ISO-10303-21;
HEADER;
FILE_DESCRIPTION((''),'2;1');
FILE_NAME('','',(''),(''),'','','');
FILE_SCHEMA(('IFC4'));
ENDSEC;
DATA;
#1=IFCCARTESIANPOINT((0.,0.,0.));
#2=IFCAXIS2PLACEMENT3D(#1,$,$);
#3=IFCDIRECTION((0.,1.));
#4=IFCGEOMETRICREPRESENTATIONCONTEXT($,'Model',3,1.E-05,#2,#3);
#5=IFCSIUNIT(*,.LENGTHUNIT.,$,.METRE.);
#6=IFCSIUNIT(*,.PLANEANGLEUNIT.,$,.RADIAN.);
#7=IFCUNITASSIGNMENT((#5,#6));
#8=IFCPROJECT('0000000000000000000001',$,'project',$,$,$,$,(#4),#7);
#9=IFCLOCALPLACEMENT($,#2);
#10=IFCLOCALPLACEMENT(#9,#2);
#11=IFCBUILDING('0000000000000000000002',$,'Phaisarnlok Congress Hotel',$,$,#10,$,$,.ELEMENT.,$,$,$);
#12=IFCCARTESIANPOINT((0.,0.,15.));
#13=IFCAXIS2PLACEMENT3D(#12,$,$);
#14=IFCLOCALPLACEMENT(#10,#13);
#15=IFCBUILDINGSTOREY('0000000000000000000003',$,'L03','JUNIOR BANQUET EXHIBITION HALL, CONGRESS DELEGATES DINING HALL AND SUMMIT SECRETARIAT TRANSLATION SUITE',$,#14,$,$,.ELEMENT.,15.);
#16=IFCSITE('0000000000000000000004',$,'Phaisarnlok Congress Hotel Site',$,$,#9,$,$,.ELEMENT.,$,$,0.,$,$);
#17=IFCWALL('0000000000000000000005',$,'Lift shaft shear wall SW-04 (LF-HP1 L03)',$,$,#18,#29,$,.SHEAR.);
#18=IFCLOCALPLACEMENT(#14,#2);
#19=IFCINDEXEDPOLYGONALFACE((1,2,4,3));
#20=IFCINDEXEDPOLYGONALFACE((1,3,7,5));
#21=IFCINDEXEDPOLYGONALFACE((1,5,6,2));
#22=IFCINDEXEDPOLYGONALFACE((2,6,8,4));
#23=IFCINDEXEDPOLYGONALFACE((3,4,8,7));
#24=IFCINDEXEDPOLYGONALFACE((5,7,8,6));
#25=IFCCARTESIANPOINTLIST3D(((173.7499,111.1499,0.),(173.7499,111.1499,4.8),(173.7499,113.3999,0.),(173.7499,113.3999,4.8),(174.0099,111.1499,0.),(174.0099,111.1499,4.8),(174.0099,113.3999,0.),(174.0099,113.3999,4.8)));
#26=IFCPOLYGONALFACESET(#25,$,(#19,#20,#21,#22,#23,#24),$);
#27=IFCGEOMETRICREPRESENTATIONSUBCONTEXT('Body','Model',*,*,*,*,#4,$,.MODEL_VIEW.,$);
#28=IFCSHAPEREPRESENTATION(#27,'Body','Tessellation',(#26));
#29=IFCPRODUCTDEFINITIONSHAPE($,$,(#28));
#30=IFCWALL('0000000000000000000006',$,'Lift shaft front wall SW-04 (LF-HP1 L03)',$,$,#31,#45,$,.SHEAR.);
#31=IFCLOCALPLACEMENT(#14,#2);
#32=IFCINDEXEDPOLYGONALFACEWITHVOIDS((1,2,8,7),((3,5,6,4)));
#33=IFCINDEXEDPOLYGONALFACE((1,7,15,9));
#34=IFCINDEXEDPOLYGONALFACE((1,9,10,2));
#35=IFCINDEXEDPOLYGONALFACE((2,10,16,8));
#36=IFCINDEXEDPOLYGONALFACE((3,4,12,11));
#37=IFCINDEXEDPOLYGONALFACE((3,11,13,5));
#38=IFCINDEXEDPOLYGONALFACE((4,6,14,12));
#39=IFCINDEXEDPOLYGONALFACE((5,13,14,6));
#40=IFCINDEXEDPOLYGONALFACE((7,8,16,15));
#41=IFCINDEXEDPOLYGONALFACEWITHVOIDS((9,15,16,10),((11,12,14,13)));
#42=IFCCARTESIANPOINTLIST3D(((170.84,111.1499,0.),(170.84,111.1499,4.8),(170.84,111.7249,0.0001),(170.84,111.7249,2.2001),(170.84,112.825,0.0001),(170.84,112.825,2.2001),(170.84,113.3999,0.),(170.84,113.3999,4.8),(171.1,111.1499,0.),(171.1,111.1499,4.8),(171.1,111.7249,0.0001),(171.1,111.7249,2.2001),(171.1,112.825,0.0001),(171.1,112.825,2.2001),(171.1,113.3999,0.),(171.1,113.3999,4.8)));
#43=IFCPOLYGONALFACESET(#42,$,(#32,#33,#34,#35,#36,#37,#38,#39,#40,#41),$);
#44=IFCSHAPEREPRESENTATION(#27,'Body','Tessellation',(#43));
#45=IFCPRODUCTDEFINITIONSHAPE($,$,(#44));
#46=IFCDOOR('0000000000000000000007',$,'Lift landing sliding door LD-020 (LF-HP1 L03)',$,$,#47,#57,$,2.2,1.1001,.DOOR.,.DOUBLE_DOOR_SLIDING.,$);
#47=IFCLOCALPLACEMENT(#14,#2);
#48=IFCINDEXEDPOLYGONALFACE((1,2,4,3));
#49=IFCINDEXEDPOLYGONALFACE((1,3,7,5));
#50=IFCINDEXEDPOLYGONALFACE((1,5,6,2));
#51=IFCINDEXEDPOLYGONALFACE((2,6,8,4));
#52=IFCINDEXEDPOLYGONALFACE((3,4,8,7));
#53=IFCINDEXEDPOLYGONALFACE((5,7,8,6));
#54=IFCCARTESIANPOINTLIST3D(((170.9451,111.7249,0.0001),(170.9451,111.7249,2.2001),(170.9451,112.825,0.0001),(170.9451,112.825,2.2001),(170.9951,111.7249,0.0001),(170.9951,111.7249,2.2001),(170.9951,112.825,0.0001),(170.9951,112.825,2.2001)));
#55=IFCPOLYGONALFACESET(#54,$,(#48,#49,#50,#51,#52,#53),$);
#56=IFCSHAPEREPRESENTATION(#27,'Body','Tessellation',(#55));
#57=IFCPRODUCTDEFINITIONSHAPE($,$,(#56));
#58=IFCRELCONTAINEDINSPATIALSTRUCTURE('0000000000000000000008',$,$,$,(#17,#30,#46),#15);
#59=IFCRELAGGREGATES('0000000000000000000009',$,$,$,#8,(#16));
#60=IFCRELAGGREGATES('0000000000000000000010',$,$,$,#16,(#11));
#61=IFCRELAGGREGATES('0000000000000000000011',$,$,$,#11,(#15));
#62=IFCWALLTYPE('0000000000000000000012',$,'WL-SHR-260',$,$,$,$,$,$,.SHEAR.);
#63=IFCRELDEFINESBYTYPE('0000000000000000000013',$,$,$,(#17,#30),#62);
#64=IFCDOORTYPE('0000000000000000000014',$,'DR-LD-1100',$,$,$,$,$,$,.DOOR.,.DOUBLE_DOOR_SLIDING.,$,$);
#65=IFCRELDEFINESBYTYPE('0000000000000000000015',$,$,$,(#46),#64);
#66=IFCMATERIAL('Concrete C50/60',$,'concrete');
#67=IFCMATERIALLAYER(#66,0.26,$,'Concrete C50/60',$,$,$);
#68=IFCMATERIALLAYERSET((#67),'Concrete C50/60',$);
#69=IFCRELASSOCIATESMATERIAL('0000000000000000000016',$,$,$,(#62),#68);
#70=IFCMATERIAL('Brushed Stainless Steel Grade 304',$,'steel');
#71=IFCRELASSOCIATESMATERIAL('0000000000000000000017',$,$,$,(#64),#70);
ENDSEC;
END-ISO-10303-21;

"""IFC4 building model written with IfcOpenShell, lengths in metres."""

from ifc_helpers import new_model, si_unit, direction, frame, frame_2d, origin, place, context, subcontext, project, spatial, rectangle, extrude, material, layer, layer_set, type_object, element, fill, save


model = new_model("IFC4")

# Units and contexts
model_context = context("Model", 3, precision=1e-05, world=origin(), true_north=direction((0.0, 1.0)))
body_context = subcontext(model_context, "Body", "Model", "MODEL_VIEW")
ifc_project = project(units=[si_unit("LENGTHUNIT", "METRE"), si_unit("PLANEANGLEUNIT", "RADIAN")], contexts=[model_context])

# Site, building, storey
site_placement = place(None, origin())
site = spatial("IfcSite", under=ifc_project, at=site_placement, Name="Phaisarnlok Congress Hotel Site", CompositionType="ELEMENT", RefElevation=0.0)
building_placement = place(site_placement, origin())
building = spatial("IfcBuilding", under=site, at=building_placement, Name="Phaisarnlok Congress Hotel", CompositionType="ELEMENT")
storey_placement = place(building_placement, frame((0.0, 0.0, 15.0)))
storey = spatial("IfcBuildingStorey", under=building, at=storey_placement, Name="L03", Description="JUNIOR BANQUET EXHIBITION HALL, CONGRESS DELEGATES DINING HALL AND SUMMIT SECRETARIAT TRANSLATION SUITE", CompositionType="ELEMENT", Elevation=15.0)

# Shared definitions
ifc_material_1 = material(Name="Concrete C50/60", Category="concrete")

# Wall
ifc_layer_1 = layer(ifc_material_1, 0.26, Name="Concrete C50/60")
ifc_layer_set_1 = layer_set([ifc_layer_1], Name="Concrete C50/60")
wall_type_1 = type_object("IfcWallType", Name="WL-SHR-260", PredefinedType="SHEAR", material=ifc_layer_set_1)
wall_1_placement = place(storey_placement, frame((173.8799, 111.1499, 0.0), z_axis=(0.0, 0.0, 1.0), x_axis=(0.0, 1.0, 0.0)))
element("IfcWall", 1, at=wall_1_placement, inside=storey, type_object=wall_type_1, Name="Lift shaft shear wall SW-04 (LF-HP1 L03)", PredefinedType="SHEAR", context=body_context, shape_type="SweptSolid", body=[
    extrude(rectangle(XDim=2.25, YDim=0.26, at=frame_2d((1.125, 0.0))), origin(), (0.0, 0.0, 1.0), 4.8),
])

# Wall, opening, door
wall_2_placement = place(storey_placement, frame((170.97, 111.1499, 0.0), z_axis=(0.0, 0.0, 1.0), x_axis=(0.0, 1.0, 0.0)))
wall_2 = element("IfcWall", 2, at=wall_2_placement, inside=storey, type_object=wall_type_1, Name="Lift shaft front wall SW-04 (LF-HP1 L03)", PredefinedType="SHEAR", context=body_context, shape_type="SweptSolid", body=[
    extrude(rectangle(XDim=2.25, YDim=0.26, at=frame_2d((1.125, 0.0))), origin(), (0.0, 0.0, 1.0), 4.8),
])
opening_placement = place(wall_2_placement, frame((0.575, 0.0, 0.0)))
opening = element("IfcOpeningElement", 3, at=opening_placement, cuts=wall_2, PredefinedType="OPENING", context=body_context, shape_type="SweptSolid", body=[
    extrude(rectangle(XDim=1.1001, YDim=2.2, at=frame_2d((0.55, 1.1001))), frame((0.0, 0.1401, 0.0), z_axis=(0.0, -1.0, 0.0), x_axis=(1.0, 0.0, 0.0)), (0.0, 0.0, 1.0), 0.28),
])
ifc_material_2 = material(Name="Brushed Stainless Steel Grade 304", Category="steel")
door_type = type_object("IfcDoorType", Name="DR-LD-1100", OperationType="DOUBLE_DOOR_SLIDING", PredefinedType="DOOR", material=ifc_material_2)
door_placement = place(opening_placement, origin())
door = element("IfcDoor", 4, at=door_placement, inside=storey, type_object=door_type, Name="Lift landing sliding door LD-020 (LF-HP1 L03)", OperationType="DOUBLE_DOOR_SLIDING", OverallHeight=2.2, OverallWidth=1.1001, PredefinedType="DOOR", context=body_context, shape_type="SweptSolid", body=[
    extrude(rectangle(XDim=1.1001, YDim=2.2, at=frame_2d((0.55, 1.1001))), frame((0.0, 0.0249, 0.0), z_axis=(0.0, -1.0, 0.0), x_axis=(1.0, 0.0, 0.0)), (0.0, 0.0, 1.0), 0.05),
])
fill(opening, door)

save(model, "model.ifc")
